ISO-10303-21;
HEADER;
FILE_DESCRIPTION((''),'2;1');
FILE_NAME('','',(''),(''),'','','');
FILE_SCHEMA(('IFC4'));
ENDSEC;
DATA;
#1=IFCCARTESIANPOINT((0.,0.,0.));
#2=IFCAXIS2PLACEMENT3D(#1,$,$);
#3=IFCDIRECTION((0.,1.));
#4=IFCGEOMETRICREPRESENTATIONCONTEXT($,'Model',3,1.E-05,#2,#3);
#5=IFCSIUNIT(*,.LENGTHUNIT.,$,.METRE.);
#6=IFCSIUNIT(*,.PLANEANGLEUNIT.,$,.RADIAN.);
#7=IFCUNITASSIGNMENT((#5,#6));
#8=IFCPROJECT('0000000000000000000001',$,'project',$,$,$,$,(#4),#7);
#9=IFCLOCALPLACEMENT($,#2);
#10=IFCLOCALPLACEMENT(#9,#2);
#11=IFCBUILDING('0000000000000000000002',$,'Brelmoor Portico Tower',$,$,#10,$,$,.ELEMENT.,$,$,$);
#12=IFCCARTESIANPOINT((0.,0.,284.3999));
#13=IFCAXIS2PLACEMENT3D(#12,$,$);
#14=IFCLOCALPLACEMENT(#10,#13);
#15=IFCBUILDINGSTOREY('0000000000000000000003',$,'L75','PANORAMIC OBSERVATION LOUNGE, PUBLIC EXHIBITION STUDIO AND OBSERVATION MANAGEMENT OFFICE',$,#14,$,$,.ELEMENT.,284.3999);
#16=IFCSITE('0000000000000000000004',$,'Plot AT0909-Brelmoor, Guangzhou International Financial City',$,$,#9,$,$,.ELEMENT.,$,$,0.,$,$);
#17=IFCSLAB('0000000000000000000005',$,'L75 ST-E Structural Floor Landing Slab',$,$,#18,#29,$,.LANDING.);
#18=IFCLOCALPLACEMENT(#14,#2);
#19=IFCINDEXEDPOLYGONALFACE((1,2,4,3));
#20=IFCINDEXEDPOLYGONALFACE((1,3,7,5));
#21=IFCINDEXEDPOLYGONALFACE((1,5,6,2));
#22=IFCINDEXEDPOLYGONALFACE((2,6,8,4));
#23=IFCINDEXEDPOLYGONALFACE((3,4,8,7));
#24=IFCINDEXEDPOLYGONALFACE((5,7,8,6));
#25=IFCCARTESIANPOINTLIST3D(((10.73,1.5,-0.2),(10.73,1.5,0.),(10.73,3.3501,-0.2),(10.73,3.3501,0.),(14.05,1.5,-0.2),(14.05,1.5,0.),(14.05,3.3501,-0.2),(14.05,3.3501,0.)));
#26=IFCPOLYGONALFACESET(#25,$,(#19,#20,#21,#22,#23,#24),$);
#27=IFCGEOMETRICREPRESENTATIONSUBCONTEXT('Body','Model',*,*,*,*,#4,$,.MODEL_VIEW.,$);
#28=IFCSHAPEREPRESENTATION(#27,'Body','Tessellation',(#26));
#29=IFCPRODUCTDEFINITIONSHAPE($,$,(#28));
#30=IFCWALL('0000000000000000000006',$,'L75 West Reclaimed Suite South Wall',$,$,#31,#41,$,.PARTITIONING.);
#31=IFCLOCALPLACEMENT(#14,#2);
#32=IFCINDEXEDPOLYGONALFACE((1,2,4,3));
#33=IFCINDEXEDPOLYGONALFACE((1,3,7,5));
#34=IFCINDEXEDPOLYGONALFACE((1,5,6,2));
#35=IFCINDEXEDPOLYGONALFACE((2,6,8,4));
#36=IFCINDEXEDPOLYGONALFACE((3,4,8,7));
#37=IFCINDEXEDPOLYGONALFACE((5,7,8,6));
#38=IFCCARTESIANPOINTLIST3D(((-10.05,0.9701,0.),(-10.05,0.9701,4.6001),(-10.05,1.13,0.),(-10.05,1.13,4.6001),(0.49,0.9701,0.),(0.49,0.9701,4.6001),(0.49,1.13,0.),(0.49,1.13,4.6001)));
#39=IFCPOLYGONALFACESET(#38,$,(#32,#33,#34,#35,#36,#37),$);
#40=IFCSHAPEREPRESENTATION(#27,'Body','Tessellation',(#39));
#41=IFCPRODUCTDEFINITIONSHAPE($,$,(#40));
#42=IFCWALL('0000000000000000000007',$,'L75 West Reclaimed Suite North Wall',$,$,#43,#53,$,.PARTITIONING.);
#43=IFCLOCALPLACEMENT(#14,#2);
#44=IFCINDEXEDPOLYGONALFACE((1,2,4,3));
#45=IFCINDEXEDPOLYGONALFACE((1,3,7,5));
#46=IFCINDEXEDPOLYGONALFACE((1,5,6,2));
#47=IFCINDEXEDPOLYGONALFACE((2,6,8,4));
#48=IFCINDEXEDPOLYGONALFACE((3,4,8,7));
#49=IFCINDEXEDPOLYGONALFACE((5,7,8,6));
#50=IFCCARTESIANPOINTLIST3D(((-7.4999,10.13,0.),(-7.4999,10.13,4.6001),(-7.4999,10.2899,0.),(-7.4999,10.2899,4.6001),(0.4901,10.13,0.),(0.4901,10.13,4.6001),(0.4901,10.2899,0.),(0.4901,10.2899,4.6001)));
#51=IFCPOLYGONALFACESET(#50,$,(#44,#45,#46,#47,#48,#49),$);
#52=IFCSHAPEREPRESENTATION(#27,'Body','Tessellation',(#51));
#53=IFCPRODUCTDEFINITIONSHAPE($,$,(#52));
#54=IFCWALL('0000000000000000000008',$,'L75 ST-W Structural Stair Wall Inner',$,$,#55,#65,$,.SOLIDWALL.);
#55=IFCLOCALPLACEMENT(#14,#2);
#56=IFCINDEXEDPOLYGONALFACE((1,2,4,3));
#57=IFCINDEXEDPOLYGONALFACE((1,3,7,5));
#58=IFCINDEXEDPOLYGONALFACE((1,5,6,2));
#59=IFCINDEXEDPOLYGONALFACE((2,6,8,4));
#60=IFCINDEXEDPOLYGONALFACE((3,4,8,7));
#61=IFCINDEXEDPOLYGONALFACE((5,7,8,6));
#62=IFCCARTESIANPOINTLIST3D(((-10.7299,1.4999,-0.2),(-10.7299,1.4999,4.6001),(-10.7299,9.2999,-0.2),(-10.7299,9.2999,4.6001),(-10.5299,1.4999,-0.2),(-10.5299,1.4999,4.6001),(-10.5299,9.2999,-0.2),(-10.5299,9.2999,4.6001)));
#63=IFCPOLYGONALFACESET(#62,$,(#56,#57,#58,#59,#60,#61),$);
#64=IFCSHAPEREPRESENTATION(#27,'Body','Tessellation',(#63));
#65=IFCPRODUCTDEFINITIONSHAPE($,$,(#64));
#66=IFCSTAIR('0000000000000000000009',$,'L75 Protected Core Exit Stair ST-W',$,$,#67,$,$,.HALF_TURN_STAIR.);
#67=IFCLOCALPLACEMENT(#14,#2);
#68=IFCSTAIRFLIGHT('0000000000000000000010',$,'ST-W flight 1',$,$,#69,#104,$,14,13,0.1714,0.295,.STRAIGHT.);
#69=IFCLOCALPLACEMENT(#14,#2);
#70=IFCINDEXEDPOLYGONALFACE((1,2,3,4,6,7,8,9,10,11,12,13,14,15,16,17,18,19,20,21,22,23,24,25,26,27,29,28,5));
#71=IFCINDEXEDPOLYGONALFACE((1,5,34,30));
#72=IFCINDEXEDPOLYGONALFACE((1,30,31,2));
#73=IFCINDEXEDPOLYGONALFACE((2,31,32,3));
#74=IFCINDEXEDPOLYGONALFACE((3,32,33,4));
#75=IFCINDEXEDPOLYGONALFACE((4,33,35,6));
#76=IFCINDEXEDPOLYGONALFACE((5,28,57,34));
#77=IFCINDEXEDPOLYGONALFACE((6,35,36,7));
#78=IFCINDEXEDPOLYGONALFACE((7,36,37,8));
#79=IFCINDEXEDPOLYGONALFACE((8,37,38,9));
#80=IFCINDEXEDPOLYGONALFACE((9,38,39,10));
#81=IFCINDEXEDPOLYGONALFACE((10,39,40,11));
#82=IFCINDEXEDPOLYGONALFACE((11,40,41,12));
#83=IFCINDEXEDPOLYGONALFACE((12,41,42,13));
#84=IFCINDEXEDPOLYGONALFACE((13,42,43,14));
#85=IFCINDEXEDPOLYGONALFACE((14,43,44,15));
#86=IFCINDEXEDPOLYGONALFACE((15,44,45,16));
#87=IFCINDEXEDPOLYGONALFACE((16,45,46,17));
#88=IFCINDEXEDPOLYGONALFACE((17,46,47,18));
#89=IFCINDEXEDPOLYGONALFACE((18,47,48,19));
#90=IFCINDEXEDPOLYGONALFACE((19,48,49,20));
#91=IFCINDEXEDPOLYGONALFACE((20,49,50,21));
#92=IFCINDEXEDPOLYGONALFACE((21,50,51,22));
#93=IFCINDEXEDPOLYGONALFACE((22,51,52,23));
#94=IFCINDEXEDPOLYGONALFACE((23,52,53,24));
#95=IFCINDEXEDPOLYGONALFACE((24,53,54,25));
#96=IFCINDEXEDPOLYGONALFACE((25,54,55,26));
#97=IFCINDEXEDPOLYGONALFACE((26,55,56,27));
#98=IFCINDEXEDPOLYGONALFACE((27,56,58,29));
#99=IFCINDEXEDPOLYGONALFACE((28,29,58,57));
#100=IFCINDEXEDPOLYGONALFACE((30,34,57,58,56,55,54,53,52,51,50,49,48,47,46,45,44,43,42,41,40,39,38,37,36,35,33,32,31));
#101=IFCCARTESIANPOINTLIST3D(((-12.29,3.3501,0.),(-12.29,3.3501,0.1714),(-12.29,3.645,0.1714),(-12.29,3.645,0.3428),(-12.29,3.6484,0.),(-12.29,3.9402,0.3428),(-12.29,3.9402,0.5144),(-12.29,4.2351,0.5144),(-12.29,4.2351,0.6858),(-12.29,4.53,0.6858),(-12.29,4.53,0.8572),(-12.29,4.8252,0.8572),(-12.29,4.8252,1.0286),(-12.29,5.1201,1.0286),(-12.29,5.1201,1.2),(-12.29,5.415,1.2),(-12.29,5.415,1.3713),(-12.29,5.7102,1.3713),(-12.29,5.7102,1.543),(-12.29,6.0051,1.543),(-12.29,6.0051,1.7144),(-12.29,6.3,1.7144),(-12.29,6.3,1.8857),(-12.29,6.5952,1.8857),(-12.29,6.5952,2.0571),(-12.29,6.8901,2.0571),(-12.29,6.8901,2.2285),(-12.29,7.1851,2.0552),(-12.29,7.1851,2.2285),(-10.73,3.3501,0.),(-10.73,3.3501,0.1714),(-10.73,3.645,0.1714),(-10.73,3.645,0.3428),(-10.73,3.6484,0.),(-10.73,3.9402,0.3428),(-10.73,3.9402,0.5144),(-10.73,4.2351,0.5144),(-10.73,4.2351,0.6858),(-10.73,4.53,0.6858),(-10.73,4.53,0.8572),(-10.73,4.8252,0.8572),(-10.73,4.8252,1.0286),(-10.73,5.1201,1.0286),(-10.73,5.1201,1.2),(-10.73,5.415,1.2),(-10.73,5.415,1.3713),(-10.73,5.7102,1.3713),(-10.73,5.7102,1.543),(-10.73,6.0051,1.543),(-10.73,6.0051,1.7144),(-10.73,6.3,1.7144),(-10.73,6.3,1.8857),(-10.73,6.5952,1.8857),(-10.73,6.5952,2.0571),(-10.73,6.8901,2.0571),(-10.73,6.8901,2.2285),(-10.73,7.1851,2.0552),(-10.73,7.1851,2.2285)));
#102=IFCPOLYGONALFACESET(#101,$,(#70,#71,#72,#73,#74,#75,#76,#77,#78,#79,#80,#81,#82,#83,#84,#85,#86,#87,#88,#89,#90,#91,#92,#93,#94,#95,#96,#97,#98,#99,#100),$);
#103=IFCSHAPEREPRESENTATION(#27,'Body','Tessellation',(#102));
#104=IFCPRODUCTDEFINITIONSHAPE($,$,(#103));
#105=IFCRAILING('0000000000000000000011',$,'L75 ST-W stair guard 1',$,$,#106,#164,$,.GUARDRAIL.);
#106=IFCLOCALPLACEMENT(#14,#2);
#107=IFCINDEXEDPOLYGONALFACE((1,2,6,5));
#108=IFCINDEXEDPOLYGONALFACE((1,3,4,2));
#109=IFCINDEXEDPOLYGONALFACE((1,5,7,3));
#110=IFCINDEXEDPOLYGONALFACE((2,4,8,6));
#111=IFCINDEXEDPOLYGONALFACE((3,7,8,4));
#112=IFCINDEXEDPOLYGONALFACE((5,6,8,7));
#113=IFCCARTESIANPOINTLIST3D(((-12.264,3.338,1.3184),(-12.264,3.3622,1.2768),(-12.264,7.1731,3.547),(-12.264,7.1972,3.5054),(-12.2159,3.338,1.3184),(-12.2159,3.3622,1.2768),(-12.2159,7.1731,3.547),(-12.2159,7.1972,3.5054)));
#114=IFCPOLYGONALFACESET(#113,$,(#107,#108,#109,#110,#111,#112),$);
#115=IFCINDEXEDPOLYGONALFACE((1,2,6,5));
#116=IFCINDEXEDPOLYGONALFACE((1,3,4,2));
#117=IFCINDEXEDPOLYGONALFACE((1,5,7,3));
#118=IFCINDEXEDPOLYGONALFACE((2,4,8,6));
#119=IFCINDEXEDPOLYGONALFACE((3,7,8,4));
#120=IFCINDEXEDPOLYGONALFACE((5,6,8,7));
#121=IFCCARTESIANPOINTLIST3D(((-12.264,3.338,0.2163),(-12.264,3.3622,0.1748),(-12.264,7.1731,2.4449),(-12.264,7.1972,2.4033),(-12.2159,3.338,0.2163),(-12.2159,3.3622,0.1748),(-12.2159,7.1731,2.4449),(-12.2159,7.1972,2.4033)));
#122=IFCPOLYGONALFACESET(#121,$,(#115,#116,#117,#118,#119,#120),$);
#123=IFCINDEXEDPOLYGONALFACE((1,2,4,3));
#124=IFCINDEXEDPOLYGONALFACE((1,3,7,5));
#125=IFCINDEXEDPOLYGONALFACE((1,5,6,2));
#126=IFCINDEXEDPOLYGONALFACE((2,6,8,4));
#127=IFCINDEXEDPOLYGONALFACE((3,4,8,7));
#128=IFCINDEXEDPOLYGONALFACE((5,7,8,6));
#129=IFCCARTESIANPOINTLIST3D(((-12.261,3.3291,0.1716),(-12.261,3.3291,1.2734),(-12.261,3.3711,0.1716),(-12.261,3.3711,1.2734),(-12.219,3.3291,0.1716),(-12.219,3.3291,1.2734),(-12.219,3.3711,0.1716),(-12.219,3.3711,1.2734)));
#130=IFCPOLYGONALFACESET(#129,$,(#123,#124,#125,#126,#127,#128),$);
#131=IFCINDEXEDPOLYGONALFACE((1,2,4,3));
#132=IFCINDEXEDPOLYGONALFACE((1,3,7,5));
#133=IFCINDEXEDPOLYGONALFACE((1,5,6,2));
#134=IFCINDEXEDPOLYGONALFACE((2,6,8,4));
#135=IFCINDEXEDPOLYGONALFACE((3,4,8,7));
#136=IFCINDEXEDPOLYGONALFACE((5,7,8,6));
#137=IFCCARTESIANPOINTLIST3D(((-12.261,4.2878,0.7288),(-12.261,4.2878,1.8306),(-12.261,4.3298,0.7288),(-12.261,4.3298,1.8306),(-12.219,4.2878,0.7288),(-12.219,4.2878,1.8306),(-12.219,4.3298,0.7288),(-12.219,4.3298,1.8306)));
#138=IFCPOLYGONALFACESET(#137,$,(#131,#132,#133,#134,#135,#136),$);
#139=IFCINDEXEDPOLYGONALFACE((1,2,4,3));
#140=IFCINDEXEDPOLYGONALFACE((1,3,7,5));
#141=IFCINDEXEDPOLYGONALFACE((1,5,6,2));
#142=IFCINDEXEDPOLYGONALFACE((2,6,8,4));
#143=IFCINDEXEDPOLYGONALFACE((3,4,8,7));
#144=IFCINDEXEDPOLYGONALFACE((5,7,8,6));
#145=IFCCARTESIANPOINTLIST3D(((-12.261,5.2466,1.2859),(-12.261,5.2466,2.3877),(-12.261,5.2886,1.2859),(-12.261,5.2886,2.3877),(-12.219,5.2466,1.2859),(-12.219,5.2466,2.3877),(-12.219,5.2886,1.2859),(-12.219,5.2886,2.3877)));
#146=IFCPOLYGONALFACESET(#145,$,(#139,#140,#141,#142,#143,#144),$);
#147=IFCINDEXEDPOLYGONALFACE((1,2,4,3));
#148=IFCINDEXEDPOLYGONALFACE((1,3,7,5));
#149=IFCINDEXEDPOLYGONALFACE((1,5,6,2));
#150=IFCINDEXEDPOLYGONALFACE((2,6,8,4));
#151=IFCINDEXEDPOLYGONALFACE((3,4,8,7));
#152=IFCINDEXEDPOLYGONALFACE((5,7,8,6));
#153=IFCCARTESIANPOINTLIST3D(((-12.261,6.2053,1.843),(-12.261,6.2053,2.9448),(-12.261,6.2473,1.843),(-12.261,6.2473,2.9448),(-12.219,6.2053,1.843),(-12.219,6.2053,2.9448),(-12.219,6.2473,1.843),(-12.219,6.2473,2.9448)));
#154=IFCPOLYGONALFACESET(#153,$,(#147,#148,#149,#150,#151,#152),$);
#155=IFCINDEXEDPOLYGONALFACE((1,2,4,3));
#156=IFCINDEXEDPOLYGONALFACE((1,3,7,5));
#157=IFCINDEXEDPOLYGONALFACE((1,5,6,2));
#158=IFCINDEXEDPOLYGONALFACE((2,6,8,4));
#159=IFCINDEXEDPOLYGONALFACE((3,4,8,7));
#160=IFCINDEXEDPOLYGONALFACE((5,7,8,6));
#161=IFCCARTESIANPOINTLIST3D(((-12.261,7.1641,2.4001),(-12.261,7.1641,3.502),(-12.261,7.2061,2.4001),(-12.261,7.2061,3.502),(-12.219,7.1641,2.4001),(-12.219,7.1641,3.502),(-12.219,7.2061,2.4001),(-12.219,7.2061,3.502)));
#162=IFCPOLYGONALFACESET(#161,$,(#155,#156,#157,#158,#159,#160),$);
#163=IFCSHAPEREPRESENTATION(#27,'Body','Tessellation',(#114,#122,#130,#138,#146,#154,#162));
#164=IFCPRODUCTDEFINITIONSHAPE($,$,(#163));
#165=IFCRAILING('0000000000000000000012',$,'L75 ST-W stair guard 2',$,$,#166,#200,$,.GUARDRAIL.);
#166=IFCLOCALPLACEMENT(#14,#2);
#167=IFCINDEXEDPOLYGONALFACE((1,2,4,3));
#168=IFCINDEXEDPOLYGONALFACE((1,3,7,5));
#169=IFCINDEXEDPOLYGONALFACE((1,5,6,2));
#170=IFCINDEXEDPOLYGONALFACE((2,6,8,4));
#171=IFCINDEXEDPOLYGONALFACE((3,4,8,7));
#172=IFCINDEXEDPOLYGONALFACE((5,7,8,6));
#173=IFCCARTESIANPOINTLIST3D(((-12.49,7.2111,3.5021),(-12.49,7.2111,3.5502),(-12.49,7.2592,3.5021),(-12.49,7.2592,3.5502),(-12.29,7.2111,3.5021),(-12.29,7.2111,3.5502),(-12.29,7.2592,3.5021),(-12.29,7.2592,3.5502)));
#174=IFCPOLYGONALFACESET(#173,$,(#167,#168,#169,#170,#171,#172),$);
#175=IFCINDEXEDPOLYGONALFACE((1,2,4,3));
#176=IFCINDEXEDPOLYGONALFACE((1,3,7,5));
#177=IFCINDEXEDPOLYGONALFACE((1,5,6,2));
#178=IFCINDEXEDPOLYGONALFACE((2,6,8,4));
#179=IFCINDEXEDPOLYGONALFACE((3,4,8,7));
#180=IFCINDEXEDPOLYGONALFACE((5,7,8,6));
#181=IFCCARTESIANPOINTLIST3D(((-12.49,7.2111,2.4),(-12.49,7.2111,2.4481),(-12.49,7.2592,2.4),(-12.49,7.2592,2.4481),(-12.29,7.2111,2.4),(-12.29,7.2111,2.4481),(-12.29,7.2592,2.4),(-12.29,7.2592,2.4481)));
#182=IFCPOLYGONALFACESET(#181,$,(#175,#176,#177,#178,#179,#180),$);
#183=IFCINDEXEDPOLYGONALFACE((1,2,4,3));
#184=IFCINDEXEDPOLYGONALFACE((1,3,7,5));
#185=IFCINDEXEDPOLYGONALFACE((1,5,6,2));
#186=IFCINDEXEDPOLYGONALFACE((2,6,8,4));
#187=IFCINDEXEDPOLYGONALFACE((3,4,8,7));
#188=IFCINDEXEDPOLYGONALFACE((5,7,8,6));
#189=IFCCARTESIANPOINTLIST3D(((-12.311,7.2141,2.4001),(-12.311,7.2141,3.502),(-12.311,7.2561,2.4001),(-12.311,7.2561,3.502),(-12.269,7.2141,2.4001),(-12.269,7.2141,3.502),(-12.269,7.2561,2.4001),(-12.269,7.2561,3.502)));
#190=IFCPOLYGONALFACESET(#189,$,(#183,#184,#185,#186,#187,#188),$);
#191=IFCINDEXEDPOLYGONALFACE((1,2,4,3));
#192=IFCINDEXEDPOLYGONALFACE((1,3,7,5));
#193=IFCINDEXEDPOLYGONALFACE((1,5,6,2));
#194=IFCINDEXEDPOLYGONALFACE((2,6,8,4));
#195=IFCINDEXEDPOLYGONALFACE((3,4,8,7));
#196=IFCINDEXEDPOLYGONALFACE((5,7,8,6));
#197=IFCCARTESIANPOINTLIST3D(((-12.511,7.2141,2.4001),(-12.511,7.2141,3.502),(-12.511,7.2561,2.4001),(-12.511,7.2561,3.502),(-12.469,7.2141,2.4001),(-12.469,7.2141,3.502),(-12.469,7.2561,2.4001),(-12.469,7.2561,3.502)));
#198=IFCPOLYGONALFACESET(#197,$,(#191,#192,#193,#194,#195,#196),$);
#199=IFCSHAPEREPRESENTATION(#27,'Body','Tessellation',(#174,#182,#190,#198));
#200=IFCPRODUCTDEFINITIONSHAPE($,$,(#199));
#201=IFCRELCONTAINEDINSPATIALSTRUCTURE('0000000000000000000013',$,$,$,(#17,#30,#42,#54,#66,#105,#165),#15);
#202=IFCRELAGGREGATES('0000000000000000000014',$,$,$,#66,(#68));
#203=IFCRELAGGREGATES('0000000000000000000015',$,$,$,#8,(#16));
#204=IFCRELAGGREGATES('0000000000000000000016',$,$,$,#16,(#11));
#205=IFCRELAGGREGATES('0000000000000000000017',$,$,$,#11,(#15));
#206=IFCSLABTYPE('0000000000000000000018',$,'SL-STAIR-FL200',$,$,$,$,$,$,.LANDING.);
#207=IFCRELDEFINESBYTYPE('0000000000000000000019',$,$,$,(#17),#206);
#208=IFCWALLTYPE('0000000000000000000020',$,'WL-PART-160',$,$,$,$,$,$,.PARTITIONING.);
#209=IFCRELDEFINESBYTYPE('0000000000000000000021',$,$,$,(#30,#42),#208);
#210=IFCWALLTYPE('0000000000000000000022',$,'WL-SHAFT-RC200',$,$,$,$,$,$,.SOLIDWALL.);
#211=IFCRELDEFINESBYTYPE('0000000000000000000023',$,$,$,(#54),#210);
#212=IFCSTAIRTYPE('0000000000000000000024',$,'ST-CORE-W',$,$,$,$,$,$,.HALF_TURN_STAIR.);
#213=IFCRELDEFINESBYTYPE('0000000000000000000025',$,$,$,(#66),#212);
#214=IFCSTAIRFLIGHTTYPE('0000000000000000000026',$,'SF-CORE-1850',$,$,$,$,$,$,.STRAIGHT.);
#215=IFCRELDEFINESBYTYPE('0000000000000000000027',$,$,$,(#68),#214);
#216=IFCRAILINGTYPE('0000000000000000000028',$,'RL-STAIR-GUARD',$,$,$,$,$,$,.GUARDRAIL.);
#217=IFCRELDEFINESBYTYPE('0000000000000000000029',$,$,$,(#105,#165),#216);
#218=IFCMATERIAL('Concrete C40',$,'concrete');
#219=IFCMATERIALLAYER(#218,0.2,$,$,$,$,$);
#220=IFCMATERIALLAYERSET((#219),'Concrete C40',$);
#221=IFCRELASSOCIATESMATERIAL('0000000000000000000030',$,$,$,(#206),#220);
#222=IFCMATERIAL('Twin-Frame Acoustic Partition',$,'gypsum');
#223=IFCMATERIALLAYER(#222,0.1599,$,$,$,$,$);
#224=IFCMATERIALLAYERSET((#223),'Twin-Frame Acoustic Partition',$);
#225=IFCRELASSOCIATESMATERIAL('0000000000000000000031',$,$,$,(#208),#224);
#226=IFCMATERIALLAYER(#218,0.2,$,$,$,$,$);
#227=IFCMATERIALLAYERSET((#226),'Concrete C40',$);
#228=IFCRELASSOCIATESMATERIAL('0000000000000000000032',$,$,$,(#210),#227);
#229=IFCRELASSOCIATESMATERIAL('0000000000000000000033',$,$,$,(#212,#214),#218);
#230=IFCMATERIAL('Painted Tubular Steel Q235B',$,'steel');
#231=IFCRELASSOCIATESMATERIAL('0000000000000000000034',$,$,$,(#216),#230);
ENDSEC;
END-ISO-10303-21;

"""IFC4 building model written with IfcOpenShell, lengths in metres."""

from ifc_helpers import new_model, si_unit, direction, frame, frame_2d, origin, origin_2d, place, context, subcontext, project, spatial, polyline, rectangle, outline, extrude, material, layer, layer_set, type_object, element, aggregate, save


model = new_model("IFC4")

# Units and contexts
model_context = context("Model", 3, precision=1e-05, world=origin(), true_north=direction((0.0, 1.0)))
body_context = subcontext(model_context, "Body", "Model", "MODEL_VIEW")
ifc_project = project(units=[si_unit("LENGTHUNIT", "METRE"), si_unit("PLANEANGLEUNIT", "RADIAN")], contexts=[model_context])

# Site, building, storey
site_placement = place(None, origin())
site = spatial("IfcSite", under=ifc_project, at=site_placement, Name="Plot AT0909-Brelmoor, Guangzhou International Financial City", CompositionType="ELEMENT", RefElevation=0.0)
building_placement = place(site_placement, origin())
building = spatial("IfcBuilding", under=site, at=building_placement, Name="Brelmoor Portico Tower", CompositionType="ELEMENT")
storey_placement = place(building_placement, frame((0.0, 0.0, 284.3999)))
storey = spatial("IfcBuildingStorey", under=building, at=storey_placement, Name="L75", Description="PANORAMIC OBSERVATION LOUNGE, PUBLIC EXHIBITION STUDIO AND OBSERVATION MANAGEMENT OFFICE", CompositionType="ELEMENT", Elevation=284.3999)

# Slab
ifc_material_1 = material(Name="Concrete C40", Category="concrete")
ifc_layer_1 = layer(ifc_material_1, 0.2)
ifc_layer_set_1 = layer_set([ifc_layer_1], Name="Concrete C40")
slab_type = type_object("IfcSlabType", Name="SL-STAIR-FL200", PredefinedType="LANDING", material=ifc_layer_set_1)
slab_1_placement = place(storey_placement, frame((0.0, 0.0, -0.2)))
element("IfcSlab", 1, at=slab_1_placement, inside=storey, type_object=slab_type, Name="L75 ST-E Structural Floor Landing Slab", PredefinedType="LANDING", context=body_context, shape_type="SweptSolid", body=[
    extrude(outline(polyline([(14.05, 1.5), (14.05, 3.3501), (10.73, 3.3501), (10.73, 1.5), (14.05, 1.5)])), origin(), (0.0, 0.0, 1.0), 0.2),
])

# Walls
ifc_material_2 = material(Name="Twin-Frame Acoustic Partition", Category="gypsum")
ifc_layer_2 = layer(ifc_material_2, 0.1599)
ifc_layer_set_2 = layer_set([ifc_layer_2], Name="Twin-Frame Acoustic Partition")
wall_type_1 = type_object("IfcWallType", Name="WL-PART-160", PredefinedType="PARTITIONING", material=ifc_layer_set_2)
wall_1_placement = place(storey_placement, frame((-10.05, 1.05, 0.0), z_axis=(0.0, 0.0, 1.0), x_axis=(1.0, 0.0, 0.0)))
element("IfcWall", 2, at=wall_1_placement, inside=storey, type_object=wall_type_1, Name="L75 West Reclaimed Suite South Wall", PredefinedType="PARTITIONING", context=body_context, shape_type="SweptSolid", body=[
    extrude(rectangle(XDim=10.54, YDim=0.1599, at=frame_2d((5.27, 0.0))), origin(), (0.0, 0.0, 1.0), 4.6001),
])
wall_2_placement = place(storey_placement, frame((-7.5, 10.21, 0.0), z_axis=(0.0, 0.0, 1.0), x_axis=(1.0, 0.0, 0.0)))
element("IfcWall", 3, at=wall_2_placement, inside=storey, type_object=wall_type_1, Name="L75 West Reclaimed Suite North Wall", PredefinedType="PARTITIONING", context=body_context, shape_type="SweptSolid", body=[
    extrude(rectangle(XDim=7.99, YDim=0.1599, at=frame_2d((3.9951, 0.0))), origin(), (0.0, 0.0, 1.0), 4.6001),
])
ifc_layer_3 = layer(ifc_material_1, 0.2)
ifc_layer_set_3 = layer_set([ifc_layer_3], Name="Concrete C40")
wall_type_2 = type_object("IfcWallType", Name="WL-SHAFT-RC200", PredefinedType="SOLIDWALL", material=ifc_layer_set_3)
wall_3_placement = place(storey_placement, frame((-10.6299, 1.5, -0.2), z_axis=(0.0, 0.0, 1.0), x_axis=(0.0, 1.0, 0.0)))
element("IfcWall", 4, at=wall_3_placement, inside=storey, type_object=wall_type_2, Name="L75 ST-W Structural Stair Wall Inner", PredefinedType="SOLIDWALL", context=body_context, shape_type="SweptSolid", body=[
    extrude(rectangle(XDim=7.8, YDim=0.2, at=frame_2d((3.8999, 0.0))), origin(), (0.0, 0.0, 1.0), 4.8),
])

# Stair, stair flight
stair_type = type_object("IfcStairType", Name="ST-CORE-W", PredefinedType="HALF_TURN_STAIR", material=ifc_material_1)
stair_placement = place(storey_placement, origin())
stair = element("IfcStair", 5, at=stair_placement, inside=storey, type_object=stair_type, Name="L75 Protected Core Exit Stair ST-W", PredefinedType="HALF_TURN_STAIR")
stair_flight_type = type_object("IfcStairFlightType", Name="SF-CORE-1850", PredefinedType="STRAIGHT", material=ifc_material_1)
stair_flight_placement = place(storey_placement, frame((-11.51, 3.3501, 0.0), z_axis=(0.0, 0.0, 1.0), x_axis=(0.0, 1.0, 0.0)))
stair_flight = element("IfcStairFlight", 6, at=stair_flight_placement, type_object=stair_flight_type, Name="ST-W flight 1", NumberOfRisers=14, NumberOfTreads=13, PredefinedType="STRAIGHT", RiserHeight=0.1714, TreadLength=0.295, context=body_context, shape_type="SweptSolid", body=[
    extrude(outline(polyline([(0.0, 0.0), (0.0, 0.1714), (0.2949, 0.1714), (0.2949, 0.3428), (0.5901, 0.3428), (0.5901, 0.5144), (0.885, 0.5144), (0.885, 0.6858), (1.1799, 0.6858), (1.1799, 0.8572), (1.4751, 0.8572), (1.4751, 1.0286), (1.77, 1.0286), (1.77, 1.2), (2.0649, 1.2), (2.0649, 1.3713), (2.3601, 1.3713), (2.3601, 1.543), (2.655, 1.543), (2.655, 1.7144), (2.95, 1.7144), (2.95, 1.8857), (3.2451, 1.8857), (3.2451, 2.0571), (3.54, 2.0571), (3.54, 2.2285), (3.835, 2.2285), (3.835, 2.3999), (3.835, 2.0552), (0.2983, 0.0), (0.0, 0.0)])), frame((0.0, 0.78, 0.0), z_axis=(0.0, -1.0, 0.0), x_axis=(1.0, 0.0, 0.0)), (0.0, 0.0, 1.0), 1.5601),
])
aggregate(stair, [stair_flight])

# Railings
ifc_material_3 = material(Name="Painted Tubular Steel Q235B", Category="steel")
railing_type_1 = type_object("IfcRailingType", Name="RL-STAIR-GUARD", PredefinedType="GUARDRAIL", material=ifc_material_3)
railing_1_placement = place(storey_placement, frame((-12.24, 3.3501, 0.1716)))
element("IfcRailing", 7, at=railing_1_placement, inside=storey, type_object=railing_type_1, Name="L75 ST-W stair guard 1", PredefinedType="GUARDRAIL", context=body_context, shape_type="SweptSolid", body=[
    extrude(rectangle(XDim=0.0481, YDim=0.0481, at=origin_2d()), frame((0.0, 0.0, 1.126), z_axis=(0.0, 0.864616, 0.502433), x_axis=(-1.0, 0.0, 0.0)), (0.0, 0.0, 1.0), 4.4355),
    extrude(rectangle(XDim=0.0481, YDim=0.0481, at=origin_2d()), frame((0.0, 0.0, 0.0239), z_axis=(0.0, 0.864616, 0.502433), x_axis=(-1.0, 0.0, 0.0)), (0.0, 0.0, 1.0), 4.4355),
    extrude(rectangle(XDim=0.042, YDim=0.042, at=origin_2d()), origin(), (0.0, 0.0, 1.0), 1.1018),
    extrude(rectangle(XDim=0.042, YDim=0.042, at=origin_2d()), frame((0.0, 0.9587, 0.5571)), (0.0, 0.0, 1.0), 1.1018),
    extrude(rectangle(XDim=0.042, YDim=0.042, at=origin_2d()), frame((0.0, 1.9175, 1.1143)), (0.0, 0.0, 1.0), 1.1018),
    extrude(rectangle(XDim=0.042, YDim=0.042, at=origin_2d()), frame((0.0, 2.8762, 1.6714)), (0.0, 0.0, 1.0), 1.1018),
    extrude(rectangle(XDim=0.042, YDim=0.042, at=origin_2d()), frame((0.0, 3.835, 2.2285)), (0.0, 0.0, 1.0), 1.1018),
])
railing_2_placement = place(storey_placement, frame((-12.29, 7.2351, 2.4001)))
element("IfcRailing", 8, at=railing_2_placement, inside=storey, type_object=railing_type_1, Name="L75 ST-W stair guard 2", PredefinedType="GUARDRAIL", context=body_context, shape_type="SweptSolid", body=[
    extrude(rectangle(XDim=0.0481, YDim=0.0481, at=origin_2d()), frame((0.0, 0.0, 1.126), z_axis=(-1.0, 0.0, 0.0), x_axis=(0.0, -1.0, 0.0)), (0.0, 0.0, 1.0), 0.2),
    extrude(rectangle(XDim=0.0481, YDim=0.0481, at=origin_2d()), frame((0.0, 0.0, 0.0239), z_axis=(-1.0, 0.0, 0.0), x_axis=(0.0, -1.0, 0.0)), (0.0, 0.0, 1.0), 0.2),
    extrude(rectangle(XDim=0.042, YDim=0.042, at=origin_2d()), origin(), (0.0, 0.0, 1.0), 1.1018),
    extrude(rectangle(XDim=0.042, YDim=0.042, at=origin_2d()), frame((-0.2, 0.0, 0.0)), (0.0, 0.0, 1.0), 1.1018),
])

save(model, "model.ifc")
